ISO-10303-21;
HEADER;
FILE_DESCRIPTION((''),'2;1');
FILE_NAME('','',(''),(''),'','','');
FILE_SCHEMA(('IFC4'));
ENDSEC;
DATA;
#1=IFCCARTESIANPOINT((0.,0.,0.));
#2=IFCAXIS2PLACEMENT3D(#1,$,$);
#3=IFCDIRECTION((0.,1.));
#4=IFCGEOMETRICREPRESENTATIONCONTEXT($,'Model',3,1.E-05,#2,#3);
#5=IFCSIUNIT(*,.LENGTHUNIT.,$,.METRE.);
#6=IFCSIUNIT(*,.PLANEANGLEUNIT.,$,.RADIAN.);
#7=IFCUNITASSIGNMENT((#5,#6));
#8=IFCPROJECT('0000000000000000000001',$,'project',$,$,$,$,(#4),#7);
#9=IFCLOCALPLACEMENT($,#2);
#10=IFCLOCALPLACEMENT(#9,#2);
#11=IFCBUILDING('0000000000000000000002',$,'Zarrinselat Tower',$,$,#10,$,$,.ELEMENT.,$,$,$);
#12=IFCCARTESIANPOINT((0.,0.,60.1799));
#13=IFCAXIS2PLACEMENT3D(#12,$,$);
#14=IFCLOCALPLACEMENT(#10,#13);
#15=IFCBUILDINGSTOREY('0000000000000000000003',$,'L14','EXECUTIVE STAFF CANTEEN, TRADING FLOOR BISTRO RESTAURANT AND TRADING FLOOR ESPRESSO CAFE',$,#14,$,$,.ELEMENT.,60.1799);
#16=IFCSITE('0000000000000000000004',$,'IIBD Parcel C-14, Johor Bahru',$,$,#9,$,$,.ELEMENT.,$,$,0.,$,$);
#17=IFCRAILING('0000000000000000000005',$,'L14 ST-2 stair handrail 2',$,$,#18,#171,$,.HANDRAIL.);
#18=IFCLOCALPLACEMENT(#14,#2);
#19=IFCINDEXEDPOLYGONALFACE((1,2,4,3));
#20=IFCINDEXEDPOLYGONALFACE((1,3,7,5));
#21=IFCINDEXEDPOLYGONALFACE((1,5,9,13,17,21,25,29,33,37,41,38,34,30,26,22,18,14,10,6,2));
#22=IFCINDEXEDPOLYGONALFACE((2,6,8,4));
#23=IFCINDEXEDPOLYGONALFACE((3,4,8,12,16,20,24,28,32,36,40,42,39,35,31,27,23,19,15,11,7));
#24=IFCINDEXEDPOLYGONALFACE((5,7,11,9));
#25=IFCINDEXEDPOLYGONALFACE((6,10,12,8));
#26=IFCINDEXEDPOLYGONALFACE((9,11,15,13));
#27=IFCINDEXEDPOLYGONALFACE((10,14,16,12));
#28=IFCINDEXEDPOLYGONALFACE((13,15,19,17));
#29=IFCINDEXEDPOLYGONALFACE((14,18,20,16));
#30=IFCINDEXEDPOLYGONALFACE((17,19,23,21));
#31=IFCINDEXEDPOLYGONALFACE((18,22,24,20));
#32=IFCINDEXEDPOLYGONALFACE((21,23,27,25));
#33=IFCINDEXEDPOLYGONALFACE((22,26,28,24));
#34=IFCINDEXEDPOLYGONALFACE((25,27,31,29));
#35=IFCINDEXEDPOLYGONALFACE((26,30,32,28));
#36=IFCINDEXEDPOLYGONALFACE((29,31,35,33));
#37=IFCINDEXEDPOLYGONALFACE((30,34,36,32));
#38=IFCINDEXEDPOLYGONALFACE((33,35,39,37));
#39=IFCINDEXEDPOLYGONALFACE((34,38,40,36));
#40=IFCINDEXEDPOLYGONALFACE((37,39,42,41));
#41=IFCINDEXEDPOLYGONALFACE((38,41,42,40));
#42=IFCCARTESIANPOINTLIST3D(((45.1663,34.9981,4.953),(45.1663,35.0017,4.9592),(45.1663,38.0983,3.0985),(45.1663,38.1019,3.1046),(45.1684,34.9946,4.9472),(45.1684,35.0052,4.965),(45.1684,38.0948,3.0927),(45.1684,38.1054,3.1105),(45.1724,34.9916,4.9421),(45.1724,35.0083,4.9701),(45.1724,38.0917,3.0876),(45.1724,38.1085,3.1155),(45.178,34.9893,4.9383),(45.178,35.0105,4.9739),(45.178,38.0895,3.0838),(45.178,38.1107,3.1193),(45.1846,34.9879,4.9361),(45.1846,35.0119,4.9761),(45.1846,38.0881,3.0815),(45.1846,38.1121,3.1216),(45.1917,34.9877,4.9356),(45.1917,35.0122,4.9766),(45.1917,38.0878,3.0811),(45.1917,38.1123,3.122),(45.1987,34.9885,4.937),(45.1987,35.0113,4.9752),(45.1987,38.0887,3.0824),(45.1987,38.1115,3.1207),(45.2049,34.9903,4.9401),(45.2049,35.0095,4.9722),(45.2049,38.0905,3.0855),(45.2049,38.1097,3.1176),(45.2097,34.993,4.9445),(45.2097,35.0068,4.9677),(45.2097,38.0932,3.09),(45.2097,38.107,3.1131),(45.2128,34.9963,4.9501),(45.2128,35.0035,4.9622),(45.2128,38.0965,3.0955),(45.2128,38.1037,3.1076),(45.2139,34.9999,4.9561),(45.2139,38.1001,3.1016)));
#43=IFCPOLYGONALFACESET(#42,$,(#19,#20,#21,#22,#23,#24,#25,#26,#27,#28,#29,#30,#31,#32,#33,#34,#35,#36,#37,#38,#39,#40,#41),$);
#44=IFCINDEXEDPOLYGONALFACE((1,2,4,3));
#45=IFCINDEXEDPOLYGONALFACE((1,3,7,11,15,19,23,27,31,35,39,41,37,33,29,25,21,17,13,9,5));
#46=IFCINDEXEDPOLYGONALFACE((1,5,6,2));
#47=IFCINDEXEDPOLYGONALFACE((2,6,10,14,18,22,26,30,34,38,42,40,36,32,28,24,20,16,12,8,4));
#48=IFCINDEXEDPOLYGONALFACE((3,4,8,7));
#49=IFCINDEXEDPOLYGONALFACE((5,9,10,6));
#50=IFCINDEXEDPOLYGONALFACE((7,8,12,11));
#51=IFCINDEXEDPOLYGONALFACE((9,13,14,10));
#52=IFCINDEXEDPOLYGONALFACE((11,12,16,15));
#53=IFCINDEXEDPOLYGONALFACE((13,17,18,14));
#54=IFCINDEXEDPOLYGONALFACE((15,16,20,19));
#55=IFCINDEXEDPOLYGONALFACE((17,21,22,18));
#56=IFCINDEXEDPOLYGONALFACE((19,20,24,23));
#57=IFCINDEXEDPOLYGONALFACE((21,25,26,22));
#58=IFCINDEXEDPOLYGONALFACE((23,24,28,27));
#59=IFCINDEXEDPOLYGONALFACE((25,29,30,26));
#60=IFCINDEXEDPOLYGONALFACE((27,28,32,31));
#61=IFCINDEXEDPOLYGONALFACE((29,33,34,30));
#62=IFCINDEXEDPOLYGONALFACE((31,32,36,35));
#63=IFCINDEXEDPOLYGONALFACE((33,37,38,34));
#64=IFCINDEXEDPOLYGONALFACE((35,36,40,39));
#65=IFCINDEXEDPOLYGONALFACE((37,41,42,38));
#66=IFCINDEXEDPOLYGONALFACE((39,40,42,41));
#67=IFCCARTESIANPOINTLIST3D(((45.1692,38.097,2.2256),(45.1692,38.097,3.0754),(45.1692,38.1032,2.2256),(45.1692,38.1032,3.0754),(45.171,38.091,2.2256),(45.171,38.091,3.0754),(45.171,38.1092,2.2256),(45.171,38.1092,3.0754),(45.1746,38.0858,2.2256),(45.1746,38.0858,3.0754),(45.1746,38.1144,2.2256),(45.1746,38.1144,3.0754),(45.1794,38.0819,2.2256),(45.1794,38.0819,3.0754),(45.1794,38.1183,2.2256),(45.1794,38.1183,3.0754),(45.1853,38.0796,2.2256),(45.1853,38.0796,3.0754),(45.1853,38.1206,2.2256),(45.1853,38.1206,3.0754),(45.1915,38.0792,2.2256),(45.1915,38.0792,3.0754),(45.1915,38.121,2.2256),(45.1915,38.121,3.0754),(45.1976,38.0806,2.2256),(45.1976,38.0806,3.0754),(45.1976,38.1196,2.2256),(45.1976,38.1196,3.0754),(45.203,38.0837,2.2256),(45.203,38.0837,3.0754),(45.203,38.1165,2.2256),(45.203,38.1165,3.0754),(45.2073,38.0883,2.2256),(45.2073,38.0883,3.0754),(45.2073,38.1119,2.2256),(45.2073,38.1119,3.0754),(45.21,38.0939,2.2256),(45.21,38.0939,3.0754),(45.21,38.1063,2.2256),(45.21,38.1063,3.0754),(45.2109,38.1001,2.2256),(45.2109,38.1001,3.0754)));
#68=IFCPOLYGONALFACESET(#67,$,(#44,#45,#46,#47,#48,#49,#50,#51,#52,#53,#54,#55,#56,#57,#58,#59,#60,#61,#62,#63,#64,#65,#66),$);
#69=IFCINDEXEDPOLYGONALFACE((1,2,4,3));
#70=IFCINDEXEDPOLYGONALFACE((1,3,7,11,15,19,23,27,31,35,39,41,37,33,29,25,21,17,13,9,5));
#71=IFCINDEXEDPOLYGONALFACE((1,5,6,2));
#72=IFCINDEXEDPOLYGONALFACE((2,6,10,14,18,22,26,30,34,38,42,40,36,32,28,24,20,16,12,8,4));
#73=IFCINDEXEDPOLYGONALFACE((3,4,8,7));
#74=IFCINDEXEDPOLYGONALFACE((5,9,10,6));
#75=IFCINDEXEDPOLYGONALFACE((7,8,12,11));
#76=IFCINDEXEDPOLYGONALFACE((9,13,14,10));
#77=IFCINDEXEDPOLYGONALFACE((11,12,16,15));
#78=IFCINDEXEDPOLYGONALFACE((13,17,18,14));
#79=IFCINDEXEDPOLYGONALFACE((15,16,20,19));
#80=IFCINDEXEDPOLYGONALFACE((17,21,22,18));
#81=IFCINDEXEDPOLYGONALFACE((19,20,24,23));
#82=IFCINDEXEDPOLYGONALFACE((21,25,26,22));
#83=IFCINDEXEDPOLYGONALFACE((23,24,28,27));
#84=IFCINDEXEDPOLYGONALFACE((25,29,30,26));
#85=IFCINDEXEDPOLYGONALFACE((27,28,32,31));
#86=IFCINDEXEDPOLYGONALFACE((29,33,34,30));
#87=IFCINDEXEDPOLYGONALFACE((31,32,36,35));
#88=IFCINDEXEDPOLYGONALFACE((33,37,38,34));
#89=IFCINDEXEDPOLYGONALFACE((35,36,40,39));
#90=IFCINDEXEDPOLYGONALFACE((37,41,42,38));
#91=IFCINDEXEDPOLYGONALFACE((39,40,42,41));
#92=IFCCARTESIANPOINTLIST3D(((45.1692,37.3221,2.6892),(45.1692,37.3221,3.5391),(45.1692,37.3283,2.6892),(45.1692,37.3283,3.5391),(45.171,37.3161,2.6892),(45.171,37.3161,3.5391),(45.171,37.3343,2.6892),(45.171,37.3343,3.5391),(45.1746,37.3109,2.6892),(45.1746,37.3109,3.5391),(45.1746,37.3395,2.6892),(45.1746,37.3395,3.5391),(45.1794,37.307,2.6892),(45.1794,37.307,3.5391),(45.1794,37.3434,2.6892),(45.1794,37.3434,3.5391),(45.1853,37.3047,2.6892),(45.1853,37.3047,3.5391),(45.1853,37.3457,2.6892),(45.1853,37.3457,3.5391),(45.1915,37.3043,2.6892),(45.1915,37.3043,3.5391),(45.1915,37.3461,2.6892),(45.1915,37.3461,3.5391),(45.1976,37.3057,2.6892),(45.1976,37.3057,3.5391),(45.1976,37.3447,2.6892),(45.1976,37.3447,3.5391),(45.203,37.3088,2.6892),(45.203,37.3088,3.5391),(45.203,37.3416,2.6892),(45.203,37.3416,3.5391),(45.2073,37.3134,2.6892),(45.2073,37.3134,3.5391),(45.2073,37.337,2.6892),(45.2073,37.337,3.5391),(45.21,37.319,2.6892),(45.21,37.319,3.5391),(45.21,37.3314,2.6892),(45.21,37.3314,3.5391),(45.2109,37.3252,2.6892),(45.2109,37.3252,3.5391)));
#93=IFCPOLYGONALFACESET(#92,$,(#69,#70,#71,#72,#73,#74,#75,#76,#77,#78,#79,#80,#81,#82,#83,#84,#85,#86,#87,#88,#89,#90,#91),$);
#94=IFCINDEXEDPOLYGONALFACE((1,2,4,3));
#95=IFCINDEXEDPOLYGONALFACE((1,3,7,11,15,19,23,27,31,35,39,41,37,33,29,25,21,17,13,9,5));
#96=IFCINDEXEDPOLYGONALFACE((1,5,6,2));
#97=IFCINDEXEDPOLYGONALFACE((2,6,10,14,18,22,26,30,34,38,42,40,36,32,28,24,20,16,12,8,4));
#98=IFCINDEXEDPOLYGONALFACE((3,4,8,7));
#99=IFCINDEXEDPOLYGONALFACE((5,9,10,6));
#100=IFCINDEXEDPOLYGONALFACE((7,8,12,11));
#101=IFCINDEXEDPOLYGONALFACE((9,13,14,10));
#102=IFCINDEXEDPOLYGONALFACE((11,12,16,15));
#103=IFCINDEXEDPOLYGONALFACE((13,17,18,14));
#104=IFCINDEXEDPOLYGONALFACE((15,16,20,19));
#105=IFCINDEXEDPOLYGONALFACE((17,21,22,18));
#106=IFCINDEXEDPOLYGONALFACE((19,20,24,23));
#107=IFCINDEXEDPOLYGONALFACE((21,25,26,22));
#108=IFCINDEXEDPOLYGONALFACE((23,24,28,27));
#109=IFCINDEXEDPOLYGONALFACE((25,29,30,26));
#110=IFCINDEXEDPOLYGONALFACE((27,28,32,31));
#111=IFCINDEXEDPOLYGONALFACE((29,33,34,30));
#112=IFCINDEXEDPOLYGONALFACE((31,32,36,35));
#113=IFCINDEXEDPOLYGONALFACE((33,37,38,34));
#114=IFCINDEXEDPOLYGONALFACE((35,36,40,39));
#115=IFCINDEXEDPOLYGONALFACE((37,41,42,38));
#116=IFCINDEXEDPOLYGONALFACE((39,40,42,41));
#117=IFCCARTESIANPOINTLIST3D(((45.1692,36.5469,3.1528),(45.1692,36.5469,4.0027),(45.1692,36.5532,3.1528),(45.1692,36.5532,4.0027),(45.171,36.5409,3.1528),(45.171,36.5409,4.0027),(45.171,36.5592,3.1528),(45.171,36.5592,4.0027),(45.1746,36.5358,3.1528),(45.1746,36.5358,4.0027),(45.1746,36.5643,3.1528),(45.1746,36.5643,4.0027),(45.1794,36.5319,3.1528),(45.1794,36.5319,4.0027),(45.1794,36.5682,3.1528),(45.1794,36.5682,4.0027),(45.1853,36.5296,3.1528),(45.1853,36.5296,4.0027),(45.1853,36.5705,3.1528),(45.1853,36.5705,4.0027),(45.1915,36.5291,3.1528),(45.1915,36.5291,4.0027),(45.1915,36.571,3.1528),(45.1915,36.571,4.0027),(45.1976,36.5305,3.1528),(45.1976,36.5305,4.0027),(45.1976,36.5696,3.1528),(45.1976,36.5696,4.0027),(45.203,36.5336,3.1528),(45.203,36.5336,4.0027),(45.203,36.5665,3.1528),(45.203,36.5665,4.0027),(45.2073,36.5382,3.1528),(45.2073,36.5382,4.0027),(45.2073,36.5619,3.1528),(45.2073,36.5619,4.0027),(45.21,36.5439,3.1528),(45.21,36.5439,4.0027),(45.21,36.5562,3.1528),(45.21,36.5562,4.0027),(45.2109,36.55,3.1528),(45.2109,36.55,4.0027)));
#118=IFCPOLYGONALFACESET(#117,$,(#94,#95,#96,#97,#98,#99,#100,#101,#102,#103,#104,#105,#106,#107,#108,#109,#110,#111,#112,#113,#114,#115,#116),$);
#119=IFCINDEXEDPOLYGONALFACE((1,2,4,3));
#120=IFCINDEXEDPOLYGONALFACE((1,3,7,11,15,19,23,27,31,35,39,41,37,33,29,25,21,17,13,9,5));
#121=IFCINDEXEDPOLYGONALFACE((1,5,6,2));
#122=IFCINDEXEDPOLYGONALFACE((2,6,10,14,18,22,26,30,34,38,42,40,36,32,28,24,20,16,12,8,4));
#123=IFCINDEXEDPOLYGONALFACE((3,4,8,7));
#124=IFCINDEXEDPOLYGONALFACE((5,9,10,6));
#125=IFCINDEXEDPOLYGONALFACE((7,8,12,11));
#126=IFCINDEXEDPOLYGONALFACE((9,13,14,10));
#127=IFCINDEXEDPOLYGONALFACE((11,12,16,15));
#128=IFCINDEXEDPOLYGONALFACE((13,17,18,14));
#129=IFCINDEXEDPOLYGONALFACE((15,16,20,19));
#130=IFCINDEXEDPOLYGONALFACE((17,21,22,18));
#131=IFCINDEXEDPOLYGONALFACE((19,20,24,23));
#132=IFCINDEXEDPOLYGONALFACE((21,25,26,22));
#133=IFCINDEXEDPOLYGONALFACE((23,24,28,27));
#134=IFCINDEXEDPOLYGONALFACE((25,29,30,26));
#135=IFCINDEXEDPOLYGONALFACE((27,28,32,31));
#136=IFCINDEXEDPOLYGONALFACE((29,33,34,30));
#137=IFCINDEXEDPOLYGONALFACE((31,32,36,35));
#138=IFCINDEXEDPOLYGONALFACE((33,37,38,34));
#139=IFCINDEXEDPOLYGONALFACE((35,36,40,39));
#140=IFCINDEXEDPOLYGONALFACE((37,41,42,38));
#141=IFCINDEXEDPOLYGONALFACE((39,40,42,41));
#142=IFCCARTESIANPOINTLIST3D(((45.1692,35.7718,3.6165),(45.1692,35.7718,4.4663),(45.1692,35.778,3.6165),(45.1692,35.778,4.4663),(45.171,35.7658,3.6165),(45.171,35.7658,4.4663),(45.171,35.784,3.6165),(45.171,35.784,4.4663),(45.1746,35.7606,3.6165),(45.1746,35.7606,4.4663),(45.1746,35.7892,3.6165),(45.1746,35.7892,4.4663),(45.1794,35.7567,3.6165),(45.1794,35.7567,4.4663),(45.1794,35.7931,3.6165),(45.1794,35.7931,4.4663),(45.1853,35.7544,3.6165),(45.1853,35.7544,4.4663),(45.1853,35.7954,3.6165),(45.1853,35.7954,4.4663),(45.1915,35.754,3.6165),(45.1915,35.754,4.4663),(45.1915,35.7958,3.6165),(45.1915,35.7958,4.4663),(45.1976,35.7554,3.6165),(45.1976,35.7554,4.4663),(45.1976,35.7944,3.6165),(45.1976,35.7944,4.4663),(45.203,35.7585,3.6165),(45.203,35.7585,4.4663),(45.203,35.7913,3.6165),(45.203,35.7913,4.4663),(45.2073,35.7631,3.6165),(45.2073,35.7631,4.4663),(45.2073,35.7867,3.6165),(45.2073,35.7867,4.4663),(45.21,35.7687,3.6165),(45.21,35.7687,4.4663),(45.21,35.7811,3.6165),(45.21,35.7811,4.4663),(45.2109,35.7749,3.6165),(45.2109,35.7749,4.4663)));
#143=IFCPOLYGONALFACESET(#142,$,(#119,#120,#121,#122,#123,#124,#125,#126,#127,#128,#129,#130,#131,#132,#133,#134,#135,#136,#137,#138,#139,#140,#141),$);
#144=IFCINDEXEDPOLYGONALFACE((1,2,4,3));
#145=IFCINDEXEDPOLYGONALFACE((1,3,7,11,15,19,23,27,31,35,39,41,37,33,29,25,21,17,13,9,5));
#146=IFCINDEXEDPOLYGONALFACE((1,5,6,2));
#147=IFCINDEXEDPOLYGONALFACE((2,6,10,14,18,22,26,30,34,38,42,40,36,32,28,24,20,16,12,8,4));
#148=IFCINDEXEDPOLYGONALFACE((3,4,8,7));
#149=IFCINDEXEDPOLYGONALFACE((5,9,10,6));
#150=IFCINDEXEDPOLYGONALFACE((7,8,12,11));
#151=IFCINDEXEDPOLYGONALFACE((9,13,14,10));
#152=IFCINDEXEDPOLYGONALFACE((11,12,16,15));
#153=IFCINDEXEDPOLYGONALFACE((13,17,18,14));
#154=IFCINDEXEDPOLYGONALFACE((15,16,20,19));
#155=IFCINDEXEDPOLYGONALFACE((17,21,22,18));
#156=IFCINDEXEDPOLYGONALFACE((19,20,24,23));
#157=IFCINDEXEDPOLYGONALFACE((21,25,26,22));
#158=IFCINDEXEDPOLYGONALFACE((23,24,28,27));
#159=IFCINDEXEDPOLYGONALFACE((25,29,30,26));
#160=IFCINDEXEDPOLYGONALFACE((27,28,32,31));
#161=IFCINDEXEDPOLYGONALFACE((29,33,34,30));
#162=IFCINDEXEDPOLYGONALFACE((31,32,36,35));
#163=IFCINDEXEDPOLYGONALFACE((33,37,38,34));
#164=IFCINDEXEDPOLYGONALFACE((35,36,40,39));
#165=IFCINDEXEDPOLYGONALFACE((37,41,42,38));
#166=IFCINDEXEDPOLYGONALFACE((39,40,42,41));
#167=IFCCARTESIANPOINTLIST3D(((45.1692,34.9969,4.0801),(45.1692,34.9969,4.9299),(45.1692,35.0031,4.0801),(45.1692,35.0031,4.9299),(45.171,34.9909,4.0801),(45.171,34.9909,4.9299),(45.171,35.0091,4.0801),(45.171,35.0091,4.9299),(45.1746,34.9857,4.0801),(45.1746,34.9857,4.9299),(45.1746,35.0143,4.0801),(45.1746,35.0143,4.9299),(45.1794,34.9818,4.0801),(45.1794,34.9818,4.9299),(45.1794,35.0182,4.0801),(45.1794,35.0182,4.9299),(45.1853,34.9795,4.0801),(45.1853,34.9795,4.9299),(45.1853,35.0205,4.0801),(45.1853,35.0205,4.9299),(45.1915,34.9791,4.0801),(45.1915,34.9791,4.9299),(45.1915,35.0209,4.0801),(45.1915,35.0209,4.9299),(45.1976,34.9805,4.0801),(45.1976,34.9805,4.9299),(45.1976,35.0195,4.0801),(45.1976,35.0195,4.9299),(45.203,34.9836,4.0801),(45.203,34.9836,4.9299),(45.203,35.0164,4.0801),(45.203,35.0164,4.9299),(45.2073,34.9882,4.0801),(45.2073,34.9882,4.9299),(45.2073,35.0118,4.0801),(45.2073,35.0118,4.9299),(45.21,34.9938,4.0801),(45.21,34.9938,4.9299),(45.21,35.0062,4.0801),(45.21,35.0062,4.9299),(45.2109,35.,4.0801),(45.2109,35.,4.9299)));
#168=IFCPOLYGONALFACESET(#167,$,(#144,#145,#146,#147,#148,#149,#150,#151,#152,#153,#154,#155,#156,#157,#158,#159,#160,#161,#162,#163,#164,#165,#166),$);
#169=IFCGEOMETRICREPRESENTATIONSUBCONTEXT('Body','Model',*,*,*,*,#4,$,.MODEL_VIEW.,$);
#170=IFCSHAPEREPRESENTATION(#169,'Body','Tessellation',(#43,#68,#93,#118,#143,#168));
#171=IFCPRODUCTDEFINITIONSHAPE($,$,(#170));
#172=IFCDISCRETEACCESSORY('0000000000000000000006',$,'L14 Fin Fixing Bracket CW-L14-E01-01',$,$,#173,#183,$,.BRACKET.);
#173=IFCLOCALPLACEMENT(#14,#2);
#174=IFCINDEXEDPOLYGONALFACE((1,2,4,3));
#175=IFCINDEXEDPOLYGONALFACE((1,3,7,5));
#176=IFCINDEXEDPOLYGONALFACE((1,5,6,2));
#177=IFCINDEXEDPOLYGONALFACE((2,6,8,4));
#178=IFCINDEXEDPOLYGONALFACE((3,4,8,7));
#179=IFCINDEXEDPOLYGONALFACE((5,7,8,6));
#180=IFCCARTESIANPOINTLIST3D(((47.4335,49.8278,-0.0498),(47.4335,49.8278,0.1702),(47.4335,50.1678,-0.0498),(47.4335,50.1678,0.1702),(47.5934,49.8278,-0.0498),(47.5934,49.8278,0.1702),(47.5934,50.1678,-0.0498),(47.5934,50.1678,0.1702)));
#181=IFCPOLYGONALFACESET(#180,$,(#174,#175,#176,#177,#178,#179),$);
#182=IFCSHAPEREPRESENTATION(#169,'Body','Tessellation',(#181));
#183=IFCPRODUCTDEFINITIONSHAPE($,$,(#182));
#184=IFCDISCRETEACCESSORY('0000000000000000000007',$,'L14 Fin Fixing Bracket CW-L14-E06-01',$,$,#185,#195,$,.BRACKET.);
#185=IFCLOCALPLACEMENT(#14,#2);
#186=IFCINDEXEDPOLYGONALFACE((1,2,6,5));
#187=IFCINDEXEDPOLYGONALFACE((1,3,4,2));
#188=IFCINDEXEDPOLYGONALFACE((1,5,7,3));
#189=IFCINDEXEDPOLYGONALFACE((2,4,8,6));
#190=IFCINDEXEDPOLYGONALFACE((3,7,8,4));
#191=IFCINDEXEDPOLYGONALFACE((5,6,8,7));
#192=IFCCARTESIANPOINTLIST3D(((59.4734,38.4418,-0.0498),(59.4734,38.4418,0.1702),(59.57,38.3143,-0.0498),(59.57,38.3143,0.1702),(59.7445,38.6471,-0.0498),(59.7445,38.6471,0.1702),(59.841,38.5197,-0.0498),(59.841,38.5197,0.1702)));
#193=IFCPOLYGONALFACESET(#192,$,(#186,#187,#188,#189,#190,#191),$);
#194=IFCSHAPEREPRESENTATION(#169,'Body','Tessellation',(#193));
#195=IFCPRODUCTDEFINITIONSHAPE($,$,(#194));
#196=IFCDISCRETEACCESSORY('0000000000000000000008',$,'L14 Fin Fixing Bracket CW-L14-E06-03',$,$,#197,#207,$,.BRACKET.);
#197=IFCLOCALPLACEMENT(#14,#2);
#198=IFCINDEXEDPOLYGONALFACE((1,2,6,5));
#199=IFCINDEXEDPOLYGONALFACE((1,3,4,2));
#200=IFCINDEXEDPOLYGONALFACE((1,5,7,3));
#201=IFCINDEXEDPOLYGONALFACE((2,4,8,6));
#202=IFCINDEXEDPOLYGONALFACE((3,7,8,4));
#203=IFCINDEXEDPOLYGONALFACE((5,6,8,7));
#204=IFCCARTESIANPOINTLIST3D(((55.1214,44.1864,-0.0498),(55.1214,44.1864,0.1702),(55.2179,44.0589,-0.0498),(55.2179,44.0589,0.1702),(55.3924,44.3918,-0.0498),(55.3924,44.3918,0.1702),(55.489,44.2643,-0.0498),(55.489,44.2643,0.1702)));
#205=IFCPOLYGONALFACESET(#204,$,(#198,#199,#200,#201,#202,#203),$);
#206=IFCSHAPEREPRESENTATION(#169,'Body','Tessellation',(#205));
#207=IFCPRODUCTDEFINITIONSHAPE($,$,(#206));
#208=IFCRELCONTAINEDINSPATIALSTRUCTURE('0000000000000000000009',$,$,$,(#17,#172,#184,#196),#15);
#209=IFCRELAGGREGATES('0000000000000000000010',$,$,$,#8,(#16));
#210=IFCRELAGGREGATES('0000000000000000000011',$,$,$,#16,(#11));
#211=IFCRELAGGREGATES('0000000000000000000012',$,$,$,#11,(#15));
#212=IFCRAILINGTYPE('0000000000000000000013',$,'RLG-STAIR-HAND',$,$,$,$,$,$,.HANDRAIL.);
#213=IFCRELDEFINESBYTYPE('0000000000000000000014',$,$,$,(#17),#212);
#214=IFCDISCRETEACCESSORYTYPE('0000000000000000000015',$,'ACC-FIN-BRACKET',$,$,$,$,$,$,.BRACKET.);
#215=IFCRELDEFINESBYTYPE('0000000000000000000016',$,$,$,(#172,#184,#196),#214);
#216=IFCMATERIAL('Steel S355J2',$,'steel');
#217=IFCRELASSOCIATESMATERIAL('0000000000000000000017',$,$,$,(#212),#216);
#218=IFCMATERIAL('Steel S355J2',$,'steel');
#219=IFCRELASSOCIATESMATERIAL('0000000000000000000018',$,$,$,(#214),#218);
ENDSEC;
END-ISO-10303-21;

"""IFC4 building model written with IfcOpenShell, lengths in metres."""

from ifc_helpers import new_model, si_unit, direction, frame, origin, origin_2d, place, context, subcontext, project, spatial, rectangle, circle, extrude, material, type_object, element, save


model = new_model("IFC4")

# Units and contexts
model_context = context("Model", 3, precision=1e-05, world=origin(), true_north=direction((0.0, 1.0)))
body_context = subcontext(model_context, "Body", "Model", "MODEL_VIEW")
ifc_project = project(units=[si_unit("LENGTHUNIT", "METRE"), si_unit("PLANEANGLEUNIT", "RADIAN")], contexts=[model_context])

# Site, building, storey
site_placement = place(None, origin())
site = spatial("IfcSite", under=ifc_project, at=site_placement, Name="IIBD Parcel C-14, Johor Bahru", CompositionType="ELEMENT", RefElevation=0.0)
building_placement = place(site_placement, origin())
building = spatial("IfcBuilding", under=site, at=building_placement, Name="Zarrinselat Tower", CompositionType="ELEMENT")
storey_placement = place(building_placement, frame((0.0, 0.0, 60.1799)))
storey = spatial("IfcBuildingStorey", under=building, at=storey_placement, Name="L14", Description="EXECUTIVE STAFF CANTEEN, TRADING FLOOR BISTRO RESTAURANT AND TRADING FLOOR ESPRESSO CAFE", CompositionType="ELEMENT", Elevation=60.1799)

# Railing
ifc_material_1 = material(Name="Steel S355J2", Category="steel")
railing_type_1 = type_object("IfcRailingType", Name="RLG-STAIR-HAND", PredefinedType="HANDRAIL", material=ifc_material_1)
railing_1_placement = place(storey_placement, frame((45.1899, 38.1001, 2.2256)))
element("IfcRailing", 1, at=railing_1_placement, inside=storey, type_object=railing_type_1, Name="L14 ST-2 stair handrail 2", PredefinedType="HANDRAIL", context=body_context, shape_type="SweptSolid", body=[
    extrude(circle(Radius=0.0239, at=origin_2d()), frame((0.0, 0.0, 0.876), z_axis=(0.0, -0.858172, 0.513362), x_axis=(1.0, 0.0, 0.0)), (0.0, 0.0, 1.0), 3.6125),
    extrude(circle(Radius=0.021, at=origin_2d()), origin(), (0.0, 0.0, 1.0), 0.8499),
    extrude(circle(Radius=0.021, at=origin_2d()), frame((0.0, -0.7749, 0.4636)), (0.0, 0.0, 1.0), 0.8499),
    extrude(circle(Radius=0.021, at=origin_2d()), frame((0.0, -1.55, 0.9272)), (0.0, 0.0, 1.0), 0.8499),
    extrude(circle(Radius=0.021, at=origin_2d()), frame((0.0, -2.3252, 1.3909)), (0.0, 0.0, 1.0), 0.8499),
    extrude(circle(Radius=0.021, at=origin_2d()), frame((0.0, -3.1001, 1.8545)), (0.0, 0.0, 1.0), 0.8499),
])

# Discrete accessories
ifc_material_2 = material(Name="Steel S355J2", Category="steel")
discrete_accessory_type = type_object("IfcDiscreteAccessoryType", Name="ACC-FIN-BRACKET", PredefinedType="BRACKET", material=ifc_material_2)
for number, where, z_axis, x_axis, name in (
    (2, (47.5134, 49.9978, -0.0498), (0.0, 0.0, 1.0), (0.0, 1.0, 0.0), "L14 Fin Fixing Bracket CW-L14-E01-01"),
    (3, (59.6572, 38.4807, -0.0498), (0.0, 0.0, 1.0), (0.797093, 0.603857, 0.0), "L14 Fin Fixing Bracket CW-L14-E06-01"),
    (4, (55.3052, 44.2253, -0.0498), (0.0, 0.0, 1.0), (0.797093, 0.603857, 0.0), "L14 Fin Fixing Bracket CW-L14-E06-03"),
):
    element("IfcDiscreteAccessory", number, at=place(storey_placement, frame(where, z_axis=z_axis, x_axis=x_axis)), inside=storey, type_object=discrete_accessory_type, Name=name, PredefinedType="BRACKET", context=body_context, shape_type="SweptSolid", body=[
        extrude(rectangle(XDim=0.3401, YDim=0.1599, at=origin_2d()), origin(), (0.0, 0.0, 1.0), 0.22),
    ])

save(model, "model.ifc")
